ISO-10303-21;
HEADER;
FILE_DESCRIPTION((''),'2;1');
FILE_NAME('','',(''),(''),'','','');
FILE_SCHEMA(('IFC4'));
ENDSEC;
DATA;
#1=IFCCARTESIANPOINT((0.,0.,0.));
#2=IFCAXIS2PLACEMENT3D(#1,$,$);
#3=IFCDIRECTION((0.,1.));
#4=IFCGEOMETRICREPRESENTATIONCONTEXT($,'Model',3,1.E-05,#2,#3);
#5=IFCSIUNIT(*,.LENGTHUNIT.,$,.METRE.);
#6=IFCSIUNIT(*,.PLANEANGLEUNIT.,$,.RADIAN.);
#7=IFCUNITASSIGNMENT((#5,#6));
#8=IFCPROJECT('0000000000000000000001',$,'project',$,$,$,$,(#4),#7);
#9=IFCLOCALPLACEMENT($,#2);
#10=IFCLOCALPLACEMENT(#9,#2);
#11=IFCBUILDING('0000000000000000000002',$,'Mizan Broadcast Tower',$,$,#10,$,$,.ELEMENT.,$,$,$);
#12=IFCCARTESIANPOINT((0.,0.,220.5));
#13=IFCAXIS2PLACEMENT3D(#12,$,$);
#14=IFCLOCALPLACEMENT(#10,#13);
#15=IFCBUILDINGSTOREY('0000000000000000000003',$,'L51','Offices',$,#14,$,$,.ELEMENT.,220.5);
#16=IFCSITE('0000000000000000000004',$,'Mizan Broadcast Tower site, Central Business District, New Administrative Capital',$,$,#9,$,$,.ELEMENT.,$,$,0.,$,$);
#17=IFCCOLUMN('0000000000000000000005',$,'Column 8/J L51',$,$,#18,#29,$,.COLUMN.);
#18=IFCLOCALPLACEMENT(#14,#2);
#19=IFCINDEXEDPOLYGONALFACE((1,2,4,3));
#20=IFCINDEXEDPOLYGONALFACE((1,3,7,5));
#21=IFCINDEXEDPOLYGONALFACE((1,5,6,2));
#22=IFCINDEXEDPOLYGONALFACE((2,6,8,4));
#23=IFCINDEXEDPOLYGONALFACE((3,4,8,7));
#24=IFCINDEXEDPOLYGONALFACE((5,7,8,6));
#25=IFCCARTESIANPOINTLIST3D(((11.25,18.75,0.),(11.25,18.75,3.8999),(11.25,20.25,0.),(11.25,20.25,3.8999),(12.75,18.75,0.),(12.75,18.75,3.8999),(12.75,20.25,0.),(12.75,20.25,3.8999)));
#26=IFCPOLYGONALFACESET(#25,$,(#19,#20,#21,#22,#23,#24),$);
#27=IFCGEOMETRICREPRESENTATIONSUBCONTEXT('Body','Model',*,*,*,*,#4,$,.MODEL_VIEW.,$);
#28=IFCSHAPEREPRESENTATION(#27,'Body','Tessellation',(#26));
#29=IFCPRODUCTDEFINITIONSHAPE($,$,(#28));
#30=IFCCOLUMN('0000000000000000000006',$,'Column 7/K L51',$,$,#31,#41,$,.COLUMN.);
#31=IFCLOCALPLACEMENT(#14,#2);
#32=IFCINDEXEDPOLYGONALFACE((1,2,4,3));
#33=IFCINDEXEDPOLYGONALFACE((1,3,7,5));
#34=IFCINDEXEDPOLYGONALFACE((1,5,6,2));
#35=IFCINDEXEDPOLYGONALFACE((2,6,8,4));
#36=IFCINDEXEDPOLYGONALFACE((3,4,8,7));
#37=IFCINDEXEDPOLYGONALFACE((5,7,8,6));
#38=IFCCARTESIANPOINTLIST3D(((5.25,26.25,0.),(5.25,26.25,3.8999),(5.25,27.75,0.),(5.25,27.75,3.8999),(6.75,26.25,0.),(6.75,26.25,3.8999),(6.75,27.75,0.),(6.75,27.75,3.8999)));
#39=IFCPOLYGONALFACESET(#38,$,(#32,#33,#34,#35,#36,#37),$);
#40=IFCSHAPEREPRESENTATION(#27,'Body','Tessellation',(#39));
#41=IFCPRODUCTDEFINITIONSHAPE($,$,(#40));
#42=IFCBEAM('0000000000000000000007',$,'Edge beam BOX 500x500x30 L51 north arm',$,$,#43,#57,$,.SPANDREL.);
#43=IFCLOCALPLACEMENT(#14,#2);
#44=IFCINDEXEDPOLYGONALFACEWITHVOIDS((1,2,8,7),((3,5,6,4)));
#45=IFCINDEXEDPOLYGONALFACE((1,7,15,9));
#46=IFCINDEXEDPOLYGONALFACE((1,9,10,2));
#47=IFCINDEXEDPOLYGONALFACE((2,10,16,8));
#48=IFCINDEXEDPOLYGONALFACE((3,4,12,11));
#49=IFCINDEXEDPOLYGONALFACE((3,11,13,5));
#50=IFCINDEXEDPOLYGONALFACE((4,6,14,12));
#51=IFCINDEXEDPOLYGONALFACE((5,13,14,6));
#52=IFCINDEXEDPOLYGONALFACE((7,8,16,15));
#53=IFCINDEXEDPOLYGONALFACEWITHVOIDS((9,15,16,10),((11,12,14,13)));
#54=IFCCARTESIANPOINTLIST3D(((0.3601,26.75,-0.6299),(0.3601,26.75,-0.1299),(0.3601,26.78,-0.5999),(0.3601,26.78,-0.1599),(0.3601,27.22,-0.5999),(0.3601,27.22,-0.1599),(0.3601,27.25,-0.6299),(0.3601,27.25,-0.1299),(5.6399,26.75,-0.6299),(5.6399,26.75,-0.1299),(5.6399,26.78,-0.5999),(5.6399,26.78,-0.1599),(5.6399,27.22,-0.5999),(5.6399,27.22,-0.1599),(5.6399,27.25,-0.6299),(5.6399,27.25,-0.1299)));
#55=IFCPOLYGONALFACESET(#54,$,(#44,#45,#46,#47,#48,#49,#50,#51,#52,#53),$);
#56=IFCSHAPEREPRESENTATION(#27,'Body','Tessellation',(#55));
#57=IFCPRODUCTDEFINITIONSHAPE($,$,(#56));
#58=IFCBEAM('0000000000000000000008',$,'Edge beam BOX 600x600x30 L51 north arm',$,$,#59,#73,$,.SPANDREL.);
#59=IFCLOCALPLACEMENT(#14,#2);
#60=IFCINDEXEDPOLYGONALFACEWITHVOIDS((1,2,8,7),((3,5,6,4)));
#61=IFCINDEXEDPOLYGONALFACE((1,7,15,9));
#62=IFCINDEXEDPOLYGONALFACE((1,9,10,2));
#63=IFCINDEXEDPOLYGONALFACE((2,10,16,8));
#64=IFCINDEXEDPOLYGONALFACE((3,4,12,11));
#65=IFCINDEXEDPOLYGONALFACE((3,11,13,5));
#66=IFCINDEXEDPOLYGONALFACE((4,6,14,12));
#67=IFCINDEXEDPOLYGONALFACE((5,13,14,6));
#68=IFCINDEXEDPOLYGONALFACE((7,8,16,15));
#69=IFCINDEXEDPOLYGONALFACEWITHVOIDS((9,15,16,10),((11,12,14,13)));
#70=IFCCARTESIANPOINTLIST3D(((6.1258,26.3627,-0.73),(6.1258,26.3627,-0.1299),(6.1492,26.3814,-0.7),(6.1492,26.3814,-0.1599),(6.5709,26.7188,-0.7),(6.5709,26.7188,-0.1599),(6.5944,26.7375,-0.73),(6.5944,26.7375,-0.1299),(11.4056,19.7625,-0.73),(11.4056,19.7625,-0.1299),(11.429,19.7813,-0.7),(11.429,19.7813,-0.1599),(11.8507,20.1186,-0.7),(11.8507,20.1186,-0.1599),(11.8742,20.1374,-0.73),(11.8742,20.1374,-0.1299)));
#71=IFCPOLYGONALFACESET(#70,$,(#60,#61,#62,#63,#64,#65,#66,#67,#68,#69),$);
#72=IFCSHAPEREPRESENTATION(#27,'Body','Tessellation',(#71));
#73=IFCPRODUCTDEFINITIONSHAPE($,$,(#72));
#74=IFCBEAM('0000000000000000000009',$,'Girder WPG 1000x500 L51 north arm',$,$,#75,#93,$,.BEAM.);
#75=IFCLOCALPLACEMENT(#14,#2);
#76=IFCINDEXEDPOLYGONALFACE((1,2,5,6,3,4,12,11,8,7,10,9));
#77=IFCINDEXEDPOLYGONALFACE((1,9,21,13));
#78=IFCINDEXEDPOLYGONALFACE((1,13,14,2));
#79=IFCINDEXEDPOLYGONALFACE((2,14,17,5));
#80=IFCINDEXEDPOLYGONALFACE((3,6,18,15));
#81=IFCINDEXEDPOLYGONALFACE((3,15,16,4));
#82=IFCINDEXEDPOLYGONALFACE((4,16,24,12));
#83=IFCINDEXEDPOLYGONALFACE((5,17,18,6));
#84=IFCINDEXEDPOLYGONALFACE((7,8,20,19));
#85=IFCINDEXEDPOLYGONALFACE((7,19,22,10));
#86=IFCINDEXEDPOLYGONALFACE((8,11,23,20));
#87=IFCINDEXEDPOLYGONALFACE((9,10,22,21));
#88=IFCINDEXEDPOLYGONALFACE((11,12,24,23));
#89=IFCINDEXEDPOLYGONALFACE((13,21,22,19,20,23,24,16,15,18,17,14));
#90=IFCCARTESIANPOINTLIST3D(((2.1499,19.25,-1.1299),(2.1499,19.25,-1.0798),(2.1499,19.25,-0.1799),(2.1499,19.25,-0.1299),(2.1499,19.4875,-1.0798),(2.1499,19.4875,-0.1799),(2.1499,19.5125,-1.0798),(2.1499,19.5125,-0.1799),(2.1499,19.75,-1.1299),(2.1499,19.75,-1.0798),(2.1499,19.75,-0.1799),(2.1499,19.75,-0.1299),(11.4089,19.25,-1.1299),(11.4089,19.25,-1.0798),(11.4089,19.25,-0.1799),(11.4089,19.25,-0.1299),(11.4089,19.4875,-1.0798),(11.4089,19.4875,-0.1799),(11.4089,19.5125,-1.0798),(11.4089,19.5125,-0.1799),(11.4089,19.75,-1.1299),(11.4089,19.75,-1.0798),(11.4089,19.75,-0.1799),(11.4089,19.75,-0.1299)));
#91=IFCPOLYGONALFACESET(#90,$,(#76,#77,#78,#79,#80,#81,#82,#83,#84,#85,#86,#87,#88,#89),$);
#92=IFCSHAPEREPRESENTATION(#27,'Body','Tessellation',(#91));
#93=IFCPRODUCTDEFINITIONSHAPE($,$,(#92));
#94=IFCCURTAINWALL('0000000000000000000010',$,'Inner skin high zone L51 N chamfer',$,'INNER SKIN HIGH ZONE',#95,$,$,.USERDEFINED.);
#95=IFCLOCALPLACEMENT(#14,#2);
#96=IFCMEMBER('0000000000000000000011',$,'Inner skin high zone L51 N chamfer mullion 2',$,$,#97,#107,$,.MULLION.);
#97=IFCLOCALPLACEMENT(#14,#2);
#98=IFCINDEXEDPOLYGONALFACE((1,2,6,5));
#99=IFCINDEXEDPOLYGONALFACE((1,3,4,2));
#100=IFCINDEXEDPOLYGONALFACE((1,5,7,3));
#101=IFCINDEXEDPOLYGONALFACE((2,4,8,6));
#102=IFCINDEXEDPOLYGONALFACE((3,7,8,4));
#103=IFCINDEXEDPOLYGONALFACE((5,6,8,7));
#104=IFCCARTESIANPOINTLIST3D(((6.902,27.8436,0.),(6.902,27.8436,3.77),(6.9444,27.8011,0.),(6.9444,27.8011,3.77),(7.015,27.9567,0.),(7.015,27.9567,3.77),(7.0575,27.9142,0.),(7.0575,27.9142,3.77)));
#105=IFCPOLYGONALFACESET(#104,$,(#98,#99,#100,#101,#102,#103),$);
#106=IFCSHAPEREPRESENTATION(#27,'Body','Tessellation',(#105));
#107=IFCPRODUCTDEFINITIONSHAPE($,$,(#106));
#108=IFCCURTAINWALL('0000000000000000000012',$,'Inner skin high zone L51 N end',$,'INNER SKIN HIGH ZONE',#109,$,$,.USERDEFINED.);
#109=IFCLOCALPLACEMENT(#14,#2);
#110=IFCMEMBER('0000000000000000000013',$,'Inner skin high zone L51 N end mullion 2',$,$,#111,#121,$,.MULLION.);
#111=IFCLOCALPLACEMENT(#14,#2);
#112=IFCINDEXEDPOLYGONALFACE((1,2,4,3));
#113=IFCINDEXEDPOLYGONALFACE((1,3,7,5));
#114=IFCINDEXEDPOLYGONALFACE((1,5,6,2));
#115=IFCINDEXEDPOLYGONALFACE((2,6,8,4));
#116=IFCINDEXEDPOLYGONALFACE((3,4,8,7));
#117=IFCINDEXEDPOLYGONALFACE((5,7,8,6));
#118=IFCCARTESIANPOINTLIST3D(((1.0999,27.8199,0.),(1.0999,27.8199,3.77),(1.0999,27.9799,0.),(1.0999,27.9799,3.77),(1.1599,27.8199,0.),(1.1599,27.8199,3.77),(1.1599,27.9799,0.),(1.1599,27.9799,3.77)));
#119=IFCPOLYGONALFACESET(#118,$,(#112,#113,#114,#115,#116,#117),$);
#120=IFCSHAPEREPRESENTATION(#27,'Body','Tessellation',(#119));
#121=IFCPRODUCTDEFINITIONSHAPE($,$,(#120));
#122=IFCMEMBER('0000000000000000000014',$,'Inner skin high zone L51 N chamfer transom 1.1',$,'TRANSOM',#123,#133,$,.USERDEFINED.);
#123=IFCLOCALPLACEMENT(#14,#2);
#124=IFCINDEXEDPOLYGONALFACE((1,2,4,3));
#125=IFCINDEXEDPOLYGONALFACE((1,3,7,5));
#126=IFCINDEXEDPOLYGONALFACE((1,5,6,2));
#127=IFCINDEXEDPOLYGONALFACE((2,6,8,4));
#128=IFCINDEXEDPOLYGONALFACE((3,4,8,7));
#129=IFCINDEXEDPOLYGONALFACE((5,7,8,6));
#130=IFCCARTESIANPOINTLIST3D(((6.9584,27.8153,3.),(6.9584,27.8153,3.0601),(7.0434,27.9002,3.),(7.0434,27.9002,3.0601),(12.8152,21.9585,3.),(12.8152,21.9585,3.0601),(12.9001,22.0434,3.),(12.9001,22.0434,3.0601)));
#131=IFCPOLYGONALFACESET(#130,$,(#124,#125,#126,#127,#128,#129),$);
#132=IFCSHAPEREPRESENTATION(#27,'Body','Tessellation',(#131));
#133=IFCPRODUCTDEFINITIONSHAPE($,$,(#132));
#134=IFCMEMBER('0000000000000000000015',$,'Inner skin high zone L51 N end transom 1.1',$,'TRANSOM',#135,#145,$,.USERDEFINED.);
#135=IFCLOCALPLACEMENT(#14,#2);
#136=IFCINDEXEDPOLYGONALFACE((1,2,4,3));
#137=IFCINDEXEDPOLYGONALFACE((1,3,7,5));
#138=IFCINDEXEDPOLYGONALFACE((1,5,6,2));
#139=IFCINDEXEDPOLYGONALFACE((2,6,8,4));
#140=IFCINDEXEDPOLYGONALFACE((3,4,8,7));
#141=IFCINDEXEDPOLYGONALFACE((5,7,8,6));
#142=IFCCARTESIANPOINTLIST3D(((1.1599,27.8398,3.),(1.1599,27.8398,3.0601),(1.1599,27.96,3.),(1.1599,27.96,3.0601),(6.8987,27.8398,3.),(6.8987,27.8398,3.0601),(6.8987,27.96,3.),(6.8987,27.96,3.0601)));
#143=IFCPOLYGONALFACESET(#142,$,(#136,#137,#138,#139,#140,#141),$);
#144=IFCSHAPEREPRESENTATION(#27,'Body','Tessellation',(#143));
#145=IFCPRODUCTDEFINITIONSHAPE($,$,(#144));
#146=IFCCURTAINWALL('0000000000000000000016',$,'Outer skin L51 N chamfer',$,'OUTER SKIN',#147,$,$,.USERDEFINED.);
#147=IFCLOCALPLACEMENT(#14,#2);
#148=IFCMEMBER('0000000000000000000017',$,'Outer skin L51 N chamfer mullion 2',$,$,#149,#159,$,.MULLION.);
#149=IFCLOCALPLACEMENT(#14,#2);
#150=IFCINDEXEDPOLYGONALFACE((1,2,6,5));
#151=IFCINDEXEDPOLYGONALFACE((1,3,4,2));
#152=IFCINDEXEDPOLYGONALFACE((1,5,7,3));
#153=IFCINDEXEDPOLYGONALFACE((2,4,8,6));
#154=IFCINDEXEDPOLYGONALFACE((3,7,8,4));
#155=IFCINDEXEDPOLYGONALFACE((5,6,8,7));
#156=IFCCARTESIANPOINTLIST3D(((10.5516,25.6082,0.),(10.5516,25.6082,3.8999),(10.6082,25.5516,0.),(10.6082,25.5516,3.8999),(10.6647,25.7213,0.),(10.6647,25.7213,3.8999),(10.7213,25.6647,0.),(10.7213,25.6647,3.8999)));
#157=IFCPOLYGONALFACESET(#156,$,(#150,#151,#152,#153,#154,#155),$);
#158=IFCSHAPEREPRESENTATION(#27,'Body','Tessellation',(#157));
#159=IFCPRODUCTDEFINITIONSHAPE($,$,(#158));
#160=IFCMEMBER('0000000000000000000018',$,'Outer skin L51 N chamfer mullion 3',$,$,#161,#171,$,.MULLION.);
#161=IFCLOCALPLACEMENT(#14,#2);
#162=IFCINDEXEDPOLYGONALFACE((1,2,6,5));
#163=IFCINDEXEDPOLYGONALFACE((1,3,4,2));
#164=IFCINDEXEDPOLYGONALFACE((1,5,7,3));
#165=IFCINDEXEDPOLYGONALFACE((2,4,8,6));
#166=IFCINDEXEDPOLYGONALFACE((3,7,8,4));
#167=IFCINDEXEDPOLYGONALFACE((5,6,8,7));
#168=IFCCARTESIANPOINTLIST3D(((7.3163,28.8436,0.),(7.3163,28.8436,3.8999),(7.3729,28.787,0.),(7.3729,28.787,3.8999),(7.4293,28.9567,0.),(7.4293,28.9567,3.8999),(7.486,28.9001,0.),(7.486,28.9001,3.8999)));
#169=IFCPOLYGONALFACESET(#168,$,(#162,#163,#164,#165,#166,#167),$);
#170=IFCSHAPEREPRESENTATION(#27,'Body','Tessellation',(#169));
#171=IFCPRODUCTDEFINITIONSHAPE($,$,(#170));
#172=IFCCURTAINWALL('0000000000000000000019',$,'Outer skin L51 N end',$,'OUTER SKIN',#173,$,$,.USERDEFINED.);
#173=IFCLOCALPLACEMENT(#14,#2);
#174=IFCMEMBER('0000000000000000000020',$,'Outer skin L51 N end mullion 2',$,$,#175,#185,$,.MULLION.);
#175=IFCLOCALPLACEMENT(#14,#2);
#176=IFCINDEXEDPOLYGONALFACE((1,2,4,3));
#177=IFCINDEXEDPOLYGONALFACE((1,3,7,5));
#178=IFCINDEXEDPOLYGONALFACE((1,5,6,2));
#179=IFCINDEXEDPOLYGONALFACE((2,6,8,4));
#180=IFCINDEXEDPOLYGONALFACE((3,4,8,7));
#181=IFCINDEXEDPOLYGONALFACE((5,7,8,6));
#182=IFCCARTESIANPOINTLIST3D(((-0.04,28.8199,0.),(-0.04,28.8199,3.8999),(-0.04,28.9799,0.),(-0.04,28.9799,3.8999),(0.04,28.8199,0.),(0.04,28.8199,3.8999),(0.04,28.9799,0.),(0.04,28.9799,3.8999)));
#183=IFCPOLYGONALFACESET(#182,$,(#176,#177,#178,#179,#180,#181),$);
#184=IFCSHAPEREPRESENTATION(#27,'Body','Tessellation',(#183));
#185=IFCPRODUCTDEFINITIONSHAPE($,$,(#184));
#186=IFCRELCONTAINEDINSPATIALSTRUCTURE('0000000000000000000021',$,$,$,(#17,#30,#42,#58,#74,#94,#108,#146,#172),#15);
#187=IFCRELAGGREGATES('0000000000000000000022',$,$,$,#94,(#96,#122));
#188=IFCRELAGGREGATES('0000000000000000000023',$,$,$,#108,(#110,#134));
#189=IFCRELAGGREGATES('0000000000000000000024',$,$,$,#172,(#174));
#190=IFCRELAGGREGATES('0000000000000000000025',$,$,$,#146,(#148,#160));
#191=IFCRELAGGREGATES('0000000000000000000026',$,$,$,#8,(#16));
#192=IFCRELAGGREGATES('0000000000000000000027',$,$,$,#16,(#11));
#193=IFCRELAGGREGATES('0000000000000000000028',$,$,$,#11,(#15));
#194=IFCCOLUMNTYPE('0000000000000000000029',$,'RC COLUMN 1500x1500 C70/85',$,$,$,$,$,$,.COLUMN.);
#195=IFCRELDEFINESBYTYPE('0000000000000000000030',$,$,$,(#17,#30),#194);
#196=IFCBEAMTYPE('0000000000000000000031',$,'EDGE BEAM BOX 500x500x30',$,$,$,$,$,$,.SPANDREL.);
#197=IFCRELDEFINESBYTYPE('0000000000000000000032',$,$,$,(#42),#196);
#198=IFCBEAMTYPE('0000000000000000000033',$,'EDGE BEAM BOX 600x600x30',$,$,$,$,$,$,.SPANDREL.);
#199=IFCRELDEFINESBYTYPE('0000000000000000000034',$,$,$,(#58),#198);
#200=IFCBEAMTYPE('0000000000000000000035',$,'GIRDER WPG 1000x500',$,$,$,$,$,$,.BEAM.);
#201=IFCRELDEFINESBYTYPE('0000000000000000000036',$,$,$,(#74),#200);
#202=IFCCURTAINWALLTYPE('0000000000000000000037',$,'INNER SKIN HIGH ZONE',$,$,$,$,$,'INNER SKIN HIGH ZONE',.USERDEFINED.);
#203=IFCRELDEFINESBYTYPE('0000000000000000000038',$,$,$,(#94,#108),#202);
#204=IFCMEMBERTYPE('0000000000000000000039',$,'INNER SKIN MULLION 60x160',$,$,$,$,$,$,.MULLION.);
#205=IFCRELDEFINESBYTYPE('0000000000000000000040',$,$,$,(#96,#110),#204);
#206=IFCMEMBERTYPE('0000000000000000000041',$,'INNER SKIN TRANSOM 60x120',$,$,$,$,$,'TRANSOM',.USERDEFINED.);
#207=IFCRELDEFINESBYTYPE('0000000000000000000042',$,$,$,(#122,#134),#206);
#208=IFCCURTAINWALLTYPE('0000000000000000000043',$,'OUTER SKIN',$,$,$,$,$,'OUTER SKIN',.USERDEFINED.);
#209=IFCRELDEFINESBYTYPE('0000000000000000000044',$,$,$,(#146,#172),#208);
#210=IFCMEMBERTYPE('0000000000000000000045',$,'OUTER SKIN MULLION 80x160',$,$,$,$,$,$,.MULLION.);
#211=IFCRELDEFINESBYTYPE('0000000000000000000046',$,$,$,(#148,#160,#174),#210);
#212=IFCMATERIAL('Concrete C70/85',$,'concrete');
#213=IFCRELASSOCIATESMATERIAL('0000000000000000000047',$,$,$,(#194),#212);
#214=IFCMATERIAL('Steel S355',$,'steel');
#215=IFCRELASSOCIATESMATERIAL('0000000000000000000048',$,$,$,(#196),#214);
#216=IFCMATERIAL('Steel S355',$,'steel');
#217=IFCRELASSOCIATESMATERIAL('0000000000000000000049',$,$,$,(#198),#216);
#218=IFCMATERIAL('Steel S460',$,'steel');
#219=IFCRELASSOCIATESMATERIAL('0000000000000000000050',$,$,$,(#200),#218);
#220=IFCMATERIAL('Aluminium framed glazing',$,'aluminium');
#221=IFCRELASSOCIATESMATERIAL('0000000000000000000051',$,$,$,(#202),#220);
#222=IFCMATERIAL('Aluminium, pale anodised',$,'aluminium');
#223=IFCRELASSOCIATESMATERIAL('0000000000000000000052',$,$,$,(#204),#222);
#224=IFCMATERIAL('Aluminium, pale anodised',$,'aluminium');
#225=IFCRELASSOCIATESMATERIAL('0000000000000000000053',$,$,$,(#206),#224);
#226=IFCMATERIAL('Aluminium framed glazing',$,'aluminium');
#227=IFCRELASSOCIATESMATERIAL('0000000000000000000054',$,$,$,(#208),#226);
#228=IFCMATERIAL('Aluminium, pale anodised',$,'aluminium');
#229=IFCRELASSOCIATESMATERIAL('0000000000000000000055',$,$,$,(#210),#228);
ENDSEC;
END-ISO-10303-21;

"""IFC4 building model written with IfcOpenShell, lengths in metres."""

from ifc_helpers import new_model, si_unit, direction, frame, origin, origin_2d, place, context, subcontext, project, spatial, rectangle, hollow_rectangle, i_section, extrude, material, material_profile, profile_set, type_object, element, aggregate, save


model = new_model("IFC4")

# Units and contexts
model_context = context("Model", 3, precision=1e-05, world=origin(), true_north=direction((0.0, 1.0)))
body_context = subcontext(model_context, "Body", "Model", "MODEL_VIEW")
ifc_project = project(units=[si_unit("LENGTHUNIT", "METRE"), si_unit("PLANEANGLEUNIT", "RADIAN")], contexts=[model_context])

# Site, building, storey
site_placement = place(None, origin())
site = spatial("IfcSite", under=ifc_project, at=site_placement, Name="Mizan Broadcast Tower site, Central Business District, New Administrative Capital", CompositionType="ELEMENT", RefElevation=0.0)
building_placement = place(site_placement, origin())
building = spatial("IfcBuilding", under=site, at=building_placement, Name="Mizan Broadcast Tower", CompositionType="ELEMENT")
storey_placement = place(building_placement, frame((0.0, 0.0, 220.5)))
storey = spatial("IfcBuildingStorey", under=building, at=storey_placement, Name="L51", Description="Offices", CompositionType="ELEMENT", Elevation=220.5)

# Columns
ifc_material_1 = material(Name="Concrete C70/85", Category="concrete")
ifc_material_profile_1 = material_profile(ifc_material_1, rectangle(XDim=1.5, YDim=1.5, at=origin_2d()), Name="RC 1500x1500")
ifc_profile_set_1 = profile_set([ifc_material_profile_1], Name="Concrete C70/85")
column_type = type_object("IfcColumnType", Name="RC COLUMN 1500x1500 C70/85", PredefinedType="COLUMN", material=ifc_profile_set_1)
for number, where, z_axis, x_axis, name in (
    (1, (12.0, 19.5, 0.0), (0.0, 0.0, 1.0), (1.0, 0.0, 0.0), "Column 8/J L51"),
    (2, (6.0, 27.0, 0.0), (0.0, 0.0, 1.0), (1.0, 0.0, 0.0), "Column 7/K L51"),
):
    element("IfcColumn", number, at=place(storey_placement, frame(where, z_axis=z_axis, x_axis=x_axis)), inside=storey, type_object=column_type, Name=name, PredefinedType="COLUMN", context=body_context, shape_type="SweptSolid", body=[
        extrude(rectangle(XDim=1.5, YDim=1.5, at=origin_2d()), origin(), (0.0, 0.0, 1.0), 3.8999),
    ])

# Beams
ifc_material_2 = material(Name="Steel S355", Category="steel")
ifc_material_profile_2 = material_profile(ifc_material_2, hollow_rectangle(XDim=0.5, YDim=0.5, WallThickness=0.03, at=origin_2d()), Name="BOX 500x500x30")
ifc_profile_set_2 = profile_set([ifc_material_profile_2], Name="Steel S355")
beam_type_1 = type_object("IfcBeamType", Name="EDGE BEAM BOX 500x500x30", PredefinedType="SPANDREL", material=ifc_profile_set_2)
beam_1_placement = place(storey_placement, frame((5.6399, 27.0, -0.3799), z_axis=(-1.0, 0.0, 0.0), x_axis=(0.0, -1.0, 0.0)))
element("IfcBeam", 3, at=beam_1_placement, inside=storey, type_object=beam_type_1, Name="Edge beam BOX 500x500x30 L51 north arm", PredefinedType="SPANDREL", context=body_context, shape_type="SweptSolid", body=[
    extrude(hollow_rectangle(XDim=0.5, YDim=0.5, WallThickness=0.03, at=origin_2d()), origin(), (0.0, 0.0, 1.0), 5.2798),
])
ifc_material_3 = material(Name="Steel S355", Category="steel")
ifc_material_profile_3 = material_profile(ifc_material_3, hollow_rectangle(XDim=0.6001, YDim=0.6001, WallThickness=0.03, at=origin_2d()), Name="BOX 600x600x30")
ifc_profile_set_3 = profile_set([ifc_material_profile_3], Name="Steel S355")
beam_type_2 = type_object("IfcBeamType", Name="EDGE BEAM BOX 600x600x30", PredefinedType="SPANDREL", material=ifc_profile_set_3)
beam_2_placement = place(storey_placement, frame((11.6399, 19.95, -0.4299), z_axis=(-0.624674, 0.780886, 0.0), x_axis=(-0.780886, -0.624674, 0.0)))
element("IfcBeam", 4, at=beam_2_placement, inside=storey, type_object=beam_type_2, Name="Edge beam BOX 600x600x30 L51 north arm", PredefinedType="SPANDREL", context=body_context, shape_type="SweptSolid", body=[
    extrude(hollow_rectangle(XDim=0.6001, YDim=0.6001, WallThickness=0.03, at=origin_2d()), origin(), (0.0, 0.0, 1.0), 8.4521),
])
ifc_material_4 = material(Name="Steel S460", Category="steel")
ifc_material_profile_4 = material_profile(ifc_material_4, i_section(OverallWidth=0.5, OverallDepth=1.0, WebThickness=0.0249, FlangeThickness=0.05, at=origin_2d()), Name="WPG 1000x500")
ifc_profile_set_4 = profile_set([ifc_material_profile_4], Name="Steel S460")
beam_type_3 = type_object("IfcBeamType", Name="GIRDER WPG 1000x500", PredefinedType="BEAM", material=ifc_profile_set_4)
beam_3_placement = place(storey_placement, frame((11.4089, 19.5, -0.6299), z_axis=(-1.0, 0.0, 0.0), x_axis=(0.0, -1.0, 0.0)))
element("IfcBeam", 5, at=beam_3_placement, inside=storey, type_object=beam_type_3, Name="Girder WPG 1000x500 L51 north arm", PredefinedType="BEAM", context=body_context, shape_type="SweptSolid", body=[
    extrude(i_section(OverallWidth=0.5, OverallDepth=1.0, WebThickness=0.0249, FlangeThickness=0.05, at=origin_2d()), origin(), (0.0, 0.0, 1.0), 9.259),
])

# Curtain walls, members
ifc_material_5 = material(Name="Aluminium framed glazing", Category="aluminium")
curtain_wall_type_1 = type_object("IfcCurtainWallType", Name="INNER SKIN HIGH ZONE", ElementType="INNER SKIN HIGH ZONE", PredefinedType="USERDEFINED", material=ifc_material_5)
curtain_wall_1_placement = place(storey_placement, origin())
curtain_wall_1 = element("IfcCurtainWall", 6, at=curtain_wall_1_placement, inside=storey, type_object=curtain_wall_type_1, Name="Inner skin high zone L51 N chamfer", ObjectType="INNER SKIN HIGH ZONE", PredefinedType="USERDEFINED")
ifc_material_6 = material(Name="Aluminium, pale anodised", Category="aluminium")
ifc_material_profile_5 = material_profile(ifc_material_6, rectangle(XDim=0.1599, YDim=0.0601, at=origin_2d()), Name="MULLION 160x60")
ifc_profile_set_5 = profile_set([ifc_material_profile_5], Name="Aluminium, pale anodised")
member_type_1 = type_object("IfcMemberType", Name="INNER SKIN MULLION 60x160", PredefinedType="MULLION", material=ifc_profile_set_5)
member_1_placement = place(storey_placement, frame((6.9797, 27.8789, 0.0), z_axis=(0.0, 0.0, 1.0), x_axis=(-0.707107, -0.707107, 0.0)))
member_1 = element("IfcMember", 7, at=member_1_placement, type_object=member_type_1, Name="Inner skin high zone L51 N chamfer mullion 2", PredefinedType="MULLION", context=body_context, shape_type="SweptSolid", body=[
    extrude(rectangle(XDim=0.1599, YDim=0.0601, at=origin_2d()), origin(), (0.0, 0.0, 1.0), 3.77),
])
curtain_wall_2_placement = place(storey_placement, origin())
curtain_wall_2 = element("IfcCurtainWall", 8, at=curtain_wall_2_placement, inside=storey, type_object=curtain_wall_type_1, Name="Inner skin high zone L51 N end", ObjectType="INNER SKIN HIGH ZONE", PredefinedType="USERDEFINED")
member_2_placement = place(storey_placement, frame((1.1299, 27.8999, 0.0), z_axis=(0.0, 0.0, 1.0), x_axis=(0.0, -1.0, 0.0)))
member_2 = element("IfcMember", 9, at=member_2_placement, type_object=member_type_1, Name="Inner skin high zone L51 N end mullion 2", PredefinedType="MULLION", context=body_context, shape_type="SweptSolid", body=[
    extrude(rectangle(XDim=0.1599, YDim=0.0601, at=origin_2d()), origin(), (0.0, 0.0, 1.0), 3.77),
])

# Members
ifc_material_7 = material(Name="Aluminium, pale anodised", Category="aluminium")
ifc_material_profile_6 = material_profile(ifc_material_7, rectangle(XDim=0.1201, YDim=0.0601, at=origin_2d()), Name="TRANSOM 120x60")
ifc_profile_set_6 = profile_set([ifc_material_profile_6], Name="Aluminium, pale anodised")
member_type_2 = type_object("IfcMemberType", Name="INNER SKIN TRANSOM 60x120", ElementType="TRANSOM", PredefinedType="USERDEFINED", material=ifc_profile_set_6)
member_3_placement = place(storey_placement, frame((12.8577, 22.001, 3.03), z_axis=(-0.707107, 0.707107, 0.0), x_axis=(-0.707107, -0.707107, 0.0)))
member_3 = element("IfcMember", 10, at=member_3_placement, type_object=member_type_2, Name="Inner skin high zone L51 N chamfer transom 1.1", ObjectType="TRANSOM", PredefinedType="USERDEFINED", context=body_context, shape_type="SweptSolid", body=[
    extrude(rectangle(XDim=0.1201, YDim=0.0601, at=origin_2d()), origin(), (0.0, 0.0, 1.0), 8.2827),
])
member_4_placement = place(storey_placement, frame((6.8987, 27.8999, 3.03), z_axis=(-1.0, 0.0, 0.0), x_axis=(0.0, -1.0, 0.0)))
member_4 = element("IfcMember", 11, at=member_4_placement, type_object=member_type_2, Name="Inner skin high zone L51 N end transom 1.1", ObjectType="TRANSOM", PredefinedType="USERDEFINED", context=body_context, shape_type="SweptSolid", body=[
    extrude(rectangle(XDim=0.1201, YDim=0.0601, at=origin_2d()), origin(), (0.0, 0.0, 1.0), 5.7388),
])

# Curtain wall, members
ifc_material_8 = material(Name="Aluminium framed glazing", Category="aluminium")
curtain_wall_type_2 = type_object("IfcCurtainWallType", Name="OUTER SKIN", ElementType="OUTER SKIN", PredefinedType="USERDEFINED", material=ifc_material_8)
curtain_wall_3_placement = place(storey_placement, origin())
curtain_wall_3 = element("IfcCurtainWall", 12, at=curtain_wall_3_placement, inside=storey, type_object=curtain_wall_type_2, Name="Outer skin L51 N chamfer", ObjectType="OUTER SKIN", PredefinedType="USERDEFINED")
ifc_material_9 = material(Name="Aluminium, pale anodised", Category="aluminium")
ifc_material_profile_7 = material_profile(ifc_material_9, rectangle(XDim=0.1599, YDim=0.0801, at=origin_2d()), Name="MULLION 160x80")
ifc_profile_set_7 = profile_set([ifc_material_profile_7], Name="Aluminium, pale anodised")
member_type_3 = type_object("IfcMemberType", Name="OUTER SKIN MULLION 80x160", PredefinedType="MULLION", material=ifc_profile_set_7)
member_5_placement = place(storey_placement, frame((10.6365, 25.6365, 0.0), z_axis=(0.0, 0.0, 1.0), x_axis=(-0.707107, -0.707107, 0.0)))
member_5 = element("IfcMember", 13, at=member_5_placement, type_object=member_type_3, Name="Outer skin L51 N chamfer mullion 2", PredefinedType="MULLION", context=body_context, shape_type="SweptSolid", body=[
    extrude(rectangle(XDim=0.1599, YDim=0.0801, at=origin_2d()), origin(), (0.0, 0.0, 1.0), 3.8999),
])
member_6_placement = place(storey_placement, frame((7.4011, 28.8718, 0.0), z_axis=(0.0, 0.0, 1.0), x_axis=(-0.707107, -0.707107, 0.0)))
member_6 = element("IfcMember", 14, at=member_6_placement, type_object=member_type_3, Name="Outer skin L51 N chamfer mullion 3", PredefinedType="MULLION", context=body_context, shape_type="SweptSolid", body=[
    extrude(rectangle(XDim=0.1599, YDim=0.0801, at=origin_2d()), origin(), (0.0, 0.0, 1.0), 3.8999),
])

# Curtain wall, member
curtain_wall_4_placement = place(storey_placement, origin())
curtain_wall_4 = element("IfcCurtainWall", 15, at=curtain_wall_4_placement, inside=storey, type_object=curtain_wall_type_2, Name="Outer skin L51 N end", ObjectType="OUTER SKIN", PredefinedType="USERDEFINED")
member_7_placement = place(storey_placement, frame((0.0, 28.8999, 0.0), z_axis=(0.0, 0.0, 1.0), x_axis=(0.0, -1.0, 0.0)))
member_7 = element("IfcMember", 16, at=member_7_placement, type_object=member_type_3, Name="Outer skin L51 N end mullion 2", PredefinedType="MULLION", context=body_context, shape_type="SweptSolid", body=[
    extrude(rectangle(XDim=0.1599, YDim=0.0801, at=origin_2d()), origin(), (0.0, 0.0, 1.0), 3.8999),
])

aggregate(curtain_wall_1, [member_1, member_3])
aggregate(curtain_wall_2, [member_2, member_4])
aggregate(curtain_wall_4, [member_7])
aggregate(curtain_wall_3, [member_5, member_6])

save(model, "model.ifc")
